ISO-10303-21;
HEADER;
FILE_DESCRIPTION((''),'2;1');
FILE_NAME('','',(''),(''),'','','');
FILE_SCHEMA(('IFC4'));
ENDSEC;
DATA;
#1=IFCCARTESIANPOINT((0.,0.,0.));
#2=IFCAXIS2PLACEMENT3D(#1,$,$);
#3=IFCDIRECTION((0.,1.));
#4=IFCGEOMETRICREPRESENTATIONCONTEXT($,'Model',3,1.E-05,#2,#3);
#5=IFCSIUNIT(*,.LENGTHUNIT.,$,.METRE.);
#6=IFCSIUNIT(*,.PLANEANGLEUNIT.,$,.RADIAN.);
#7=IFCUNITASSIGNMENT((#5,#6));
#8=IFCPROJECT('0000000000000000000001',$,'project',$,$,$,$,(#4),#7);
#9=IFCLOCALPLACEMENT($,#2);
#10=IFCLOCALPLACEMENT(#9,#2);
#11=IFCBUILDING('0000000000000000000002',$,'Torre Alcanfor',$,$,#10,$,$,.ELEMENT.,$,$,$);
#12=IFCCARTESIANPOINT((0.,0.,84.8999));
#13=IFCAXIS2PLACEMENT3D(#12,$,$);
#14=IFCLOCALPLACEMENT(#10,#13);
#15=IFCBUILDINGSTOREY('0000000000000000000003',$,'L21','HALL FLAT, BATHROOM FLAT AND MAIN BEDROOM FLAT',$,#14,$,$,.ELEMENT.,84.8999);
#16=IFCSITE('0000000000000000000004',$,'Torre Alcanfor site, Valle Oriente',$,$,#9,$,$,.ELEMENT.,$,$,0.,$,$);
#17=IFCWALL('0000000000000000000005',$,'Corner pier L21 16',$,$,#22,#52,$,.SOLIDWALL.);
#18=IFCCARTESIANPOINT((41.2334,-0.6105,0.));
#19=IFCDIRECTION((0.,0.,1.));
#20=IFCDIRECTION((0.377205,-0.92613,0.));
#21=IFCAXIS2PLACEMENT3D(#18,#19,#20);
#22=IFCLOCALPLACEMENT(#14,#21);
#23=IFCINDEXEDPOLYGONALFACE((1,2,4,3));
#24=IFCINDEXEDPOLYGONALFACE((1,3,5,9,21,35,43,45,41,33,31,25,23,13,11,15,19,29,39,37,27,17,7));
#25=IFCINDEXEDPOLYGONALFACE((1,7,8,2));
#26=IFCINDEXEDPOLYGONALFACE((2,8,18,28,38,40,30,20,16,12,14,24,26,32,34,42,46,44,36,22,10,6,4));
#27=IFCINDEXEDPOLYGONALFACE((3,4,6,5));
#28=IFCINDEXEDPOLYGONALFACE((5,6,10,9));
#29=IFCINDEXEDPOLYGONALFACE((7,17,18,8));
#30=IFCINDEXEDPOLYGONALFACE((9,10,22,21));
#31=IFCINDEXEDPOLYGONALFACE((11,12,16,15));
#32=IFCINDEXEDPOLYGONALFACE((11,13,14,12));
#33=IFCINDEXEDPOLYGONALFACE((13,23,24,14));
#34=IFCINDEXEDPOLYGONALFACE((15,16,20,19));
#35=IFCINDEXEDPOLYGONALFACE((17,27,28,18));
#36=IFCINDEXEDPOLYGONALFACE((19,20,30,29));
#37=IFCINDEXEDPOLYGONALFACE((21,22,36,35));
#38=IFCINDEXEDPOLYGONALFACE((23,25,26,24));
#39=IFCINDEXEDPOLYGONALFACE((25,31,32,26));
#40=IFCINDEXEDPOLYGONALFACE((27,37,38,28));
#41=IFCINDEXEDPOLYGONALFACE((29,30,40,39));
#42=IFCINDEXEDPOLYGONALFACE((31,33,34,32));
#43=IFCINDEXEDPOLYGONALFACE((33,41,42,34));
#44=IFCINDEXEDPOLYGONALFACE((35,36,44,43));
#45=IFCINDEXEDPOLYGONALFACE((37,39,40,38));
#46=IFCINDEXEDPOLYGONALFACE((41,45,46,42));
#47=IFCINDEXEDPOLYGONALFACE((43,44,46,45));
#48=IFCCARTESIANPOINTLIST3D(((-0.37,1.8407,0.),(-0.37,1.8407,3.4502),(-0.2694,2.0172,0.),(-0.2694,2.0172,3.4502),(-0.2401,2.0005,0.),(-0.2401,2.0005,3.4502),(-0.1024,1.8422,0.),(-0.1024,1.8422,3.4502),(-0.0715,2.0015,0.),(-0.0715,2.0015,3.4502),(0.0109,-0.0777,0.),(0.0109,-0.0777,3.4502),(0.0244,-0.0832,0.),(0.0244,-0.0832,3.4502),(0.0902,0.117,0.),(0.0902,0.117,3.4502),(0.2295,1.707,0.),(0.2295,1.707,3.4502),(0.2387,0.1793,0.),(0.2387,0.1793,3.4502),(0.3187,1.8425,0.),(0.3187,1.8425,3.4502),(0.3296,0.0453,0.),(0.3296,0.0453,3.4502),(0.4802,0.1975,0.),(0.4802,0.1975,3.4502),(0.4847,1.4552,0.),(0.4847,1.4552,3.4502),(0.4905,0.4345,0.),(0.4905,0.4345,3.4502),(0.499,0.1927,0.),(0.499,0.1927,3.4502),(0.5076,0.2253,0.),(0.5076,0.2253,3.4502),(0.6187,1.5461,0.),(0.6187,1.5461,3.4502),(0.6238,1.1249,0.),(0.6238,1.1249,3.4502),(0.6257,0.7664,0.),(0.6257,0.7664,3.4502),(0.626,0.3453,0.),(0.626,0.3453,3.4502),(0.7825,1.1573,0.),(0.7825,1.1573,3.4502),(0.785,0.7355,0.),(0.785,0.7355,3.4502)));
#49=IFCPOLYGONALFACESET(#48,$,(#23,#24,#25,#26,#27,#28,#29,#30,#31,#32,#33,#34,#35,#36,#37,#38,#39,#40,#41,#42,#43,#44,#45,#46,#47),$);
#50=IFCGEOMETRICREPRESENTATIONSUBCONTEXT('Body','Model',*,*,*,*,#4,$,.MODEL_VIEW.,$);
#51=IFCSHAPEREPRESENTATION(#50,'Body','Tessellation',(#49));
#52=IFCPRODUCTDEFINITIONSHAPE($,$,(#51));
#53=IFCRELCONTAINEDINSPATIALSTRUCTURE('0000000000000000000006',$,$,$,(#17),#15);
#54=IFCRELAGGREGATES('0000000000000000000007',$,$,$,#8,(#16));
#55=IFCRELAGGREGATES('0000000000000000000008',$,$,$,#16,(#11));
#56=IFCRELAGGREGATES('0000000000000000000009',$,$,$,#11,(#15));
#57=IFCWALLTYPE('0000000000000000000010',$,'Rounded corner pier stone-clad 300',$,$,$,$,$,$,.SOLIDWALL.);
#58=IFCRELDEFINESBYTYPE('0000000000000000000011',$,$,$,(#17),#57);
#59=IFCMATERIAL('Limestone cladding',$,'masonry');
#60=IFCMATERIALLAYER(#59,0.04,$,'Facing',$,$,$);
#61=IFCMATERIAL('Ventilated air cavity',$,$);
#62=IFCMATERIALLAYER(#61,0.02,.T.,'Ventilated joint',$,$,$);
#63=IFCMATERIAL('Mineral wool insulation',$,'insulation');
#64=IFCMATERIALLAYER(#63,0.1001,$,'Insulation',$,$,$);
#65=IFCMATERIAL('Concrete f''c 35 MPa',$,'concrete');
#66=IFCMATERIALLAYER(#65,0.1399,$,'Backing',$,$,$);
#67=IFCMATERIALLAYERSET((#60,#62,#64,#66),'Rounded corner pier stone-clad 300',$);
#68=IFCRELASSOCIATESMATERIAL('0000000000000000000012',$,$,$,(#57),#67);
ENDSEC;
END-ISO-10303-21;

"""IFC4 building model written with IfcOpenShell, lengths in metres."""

from ifc_helpers import new_model, si_unit, direction, frame, origin, place, context, subcontext, project, spatial, polyline, outline, extrude, material, layer, layer_set, type_object, element, save


model = new_model("IFC4")

# Units and contexts
model_context = context("Model", 3, precision=1e-05, world=origin(), true_north=direction((0.0, 1.0)))
body_context = subcontext(model_context, "Body", "Model", "MODEL_VIEW")
ifc_project = project(units=[si_unit("LENGTHUNIT", "METRE"), si_unit("PLANEANGLEUNIT", "RADIAN")], contexts=[model_context])

# Site, building, storey
site_placement = place(None, origin())
site = spatial("IfcSite", under=ifc_project, at=site_placement, Name="Torre Alcanfor site, Valle Oriente", CompositionType="ELEMENT", RefElevation=0.0)
building_placement = place(site_placement, origin())
building = spatial("IfcBuilding", under=site, at=building_placement, Name="Torre Alcanfor", CompositionType="ELEMENT")
storey_placement = place(building_placement, frame((0.0, 0.0, 84.8999)))
storey = spatial("IfcBuildingStorey", under=building, at=storey_placement, Name="L21", Description="HALL FLAT, BATHROOM FLAT AND MAIN BEDROOM FLAT", CompositionType="ELEMENT", Elevation=84.8999)

# Wall
ifc_material_1 = material(Name="Limestone cladding", Category="masonry")
ifc_layer_1 = layer(ifc_material_1, 0.04, Name="Facing")
ifc_material_2 = material(Name="Ventilated air cavity")
ifc_layer_2 = layer(ifc_material_2, 0.02, ventilated=True, Name="Ventilated joint")
ifc_material_3 = material(Name="Mineral wool insulation", Category="insulation")
ifc_layer_3 = layer(ifc_material_3, 0.1001, Name="Insulation")
ifc_material_4 = material(Name="Concrete f'c 35 MPa", Category="concrete")
ifc_layer_4 = layer(ifc_material_4, 0.1399, Name="Backing")
ifc_layer_set_1 = layer_set([ifc_layer_1, ifc_layer_2, ifc_layer_3, ifc_layer_4], Name="Rounded corner pier stone-clad 300")
wall_type_1 = type_object("IfcWallType", Name="Rounded corner pier stone-clad 300", PredefinedType="SOLIDWALL", material=ifc_layer_set_1)
wall_1_placement = place(storey_placement, frame((41.2334, -0.6105, 0.0), z_axis=(0.0, 0.0, 1.0), x_axis=(0.377205, -0.92613, 0.0)))
element("IfcWall", 1, at=wall_1_placement, inside=storey, type_object=wall_type_1, Name="Corner pier L21 16", PredefinedType="SOLIDWALL", context=body_context, shape_type="SweptSolid", body=[
    extrude(outline(polyline([(0.3187, 1.8425), (-0.0715, 2.0015), (-0.2401, 2.0005), (-0.2694, 2.0172), (-0.37, 1.8407), (-0.1024, 1.8422), (0.2295, 1.707), (0.4847, 1.4552), (0.6238, 1.1249), (0.6257, 0.7664), (0.4905, 0.4345), (0.2387, 0.1793), (0.0902, 0.117), (0.0109, -0.0777), (0.0244, -0.0832), (0.3296, 0.0453), (0.4802, 0.1975), (0.499, 0.1927), (0.5076, 0.2253), (0.626, 0.3453), (0.785, 0.7355), (0.7825, 1.1573), (0.6187, 1.5461), (0.3187, 1.8425)])), origin(), (0.0, 0.0, 1.0), 3.4502),
])

save(model, "model.ifc")
